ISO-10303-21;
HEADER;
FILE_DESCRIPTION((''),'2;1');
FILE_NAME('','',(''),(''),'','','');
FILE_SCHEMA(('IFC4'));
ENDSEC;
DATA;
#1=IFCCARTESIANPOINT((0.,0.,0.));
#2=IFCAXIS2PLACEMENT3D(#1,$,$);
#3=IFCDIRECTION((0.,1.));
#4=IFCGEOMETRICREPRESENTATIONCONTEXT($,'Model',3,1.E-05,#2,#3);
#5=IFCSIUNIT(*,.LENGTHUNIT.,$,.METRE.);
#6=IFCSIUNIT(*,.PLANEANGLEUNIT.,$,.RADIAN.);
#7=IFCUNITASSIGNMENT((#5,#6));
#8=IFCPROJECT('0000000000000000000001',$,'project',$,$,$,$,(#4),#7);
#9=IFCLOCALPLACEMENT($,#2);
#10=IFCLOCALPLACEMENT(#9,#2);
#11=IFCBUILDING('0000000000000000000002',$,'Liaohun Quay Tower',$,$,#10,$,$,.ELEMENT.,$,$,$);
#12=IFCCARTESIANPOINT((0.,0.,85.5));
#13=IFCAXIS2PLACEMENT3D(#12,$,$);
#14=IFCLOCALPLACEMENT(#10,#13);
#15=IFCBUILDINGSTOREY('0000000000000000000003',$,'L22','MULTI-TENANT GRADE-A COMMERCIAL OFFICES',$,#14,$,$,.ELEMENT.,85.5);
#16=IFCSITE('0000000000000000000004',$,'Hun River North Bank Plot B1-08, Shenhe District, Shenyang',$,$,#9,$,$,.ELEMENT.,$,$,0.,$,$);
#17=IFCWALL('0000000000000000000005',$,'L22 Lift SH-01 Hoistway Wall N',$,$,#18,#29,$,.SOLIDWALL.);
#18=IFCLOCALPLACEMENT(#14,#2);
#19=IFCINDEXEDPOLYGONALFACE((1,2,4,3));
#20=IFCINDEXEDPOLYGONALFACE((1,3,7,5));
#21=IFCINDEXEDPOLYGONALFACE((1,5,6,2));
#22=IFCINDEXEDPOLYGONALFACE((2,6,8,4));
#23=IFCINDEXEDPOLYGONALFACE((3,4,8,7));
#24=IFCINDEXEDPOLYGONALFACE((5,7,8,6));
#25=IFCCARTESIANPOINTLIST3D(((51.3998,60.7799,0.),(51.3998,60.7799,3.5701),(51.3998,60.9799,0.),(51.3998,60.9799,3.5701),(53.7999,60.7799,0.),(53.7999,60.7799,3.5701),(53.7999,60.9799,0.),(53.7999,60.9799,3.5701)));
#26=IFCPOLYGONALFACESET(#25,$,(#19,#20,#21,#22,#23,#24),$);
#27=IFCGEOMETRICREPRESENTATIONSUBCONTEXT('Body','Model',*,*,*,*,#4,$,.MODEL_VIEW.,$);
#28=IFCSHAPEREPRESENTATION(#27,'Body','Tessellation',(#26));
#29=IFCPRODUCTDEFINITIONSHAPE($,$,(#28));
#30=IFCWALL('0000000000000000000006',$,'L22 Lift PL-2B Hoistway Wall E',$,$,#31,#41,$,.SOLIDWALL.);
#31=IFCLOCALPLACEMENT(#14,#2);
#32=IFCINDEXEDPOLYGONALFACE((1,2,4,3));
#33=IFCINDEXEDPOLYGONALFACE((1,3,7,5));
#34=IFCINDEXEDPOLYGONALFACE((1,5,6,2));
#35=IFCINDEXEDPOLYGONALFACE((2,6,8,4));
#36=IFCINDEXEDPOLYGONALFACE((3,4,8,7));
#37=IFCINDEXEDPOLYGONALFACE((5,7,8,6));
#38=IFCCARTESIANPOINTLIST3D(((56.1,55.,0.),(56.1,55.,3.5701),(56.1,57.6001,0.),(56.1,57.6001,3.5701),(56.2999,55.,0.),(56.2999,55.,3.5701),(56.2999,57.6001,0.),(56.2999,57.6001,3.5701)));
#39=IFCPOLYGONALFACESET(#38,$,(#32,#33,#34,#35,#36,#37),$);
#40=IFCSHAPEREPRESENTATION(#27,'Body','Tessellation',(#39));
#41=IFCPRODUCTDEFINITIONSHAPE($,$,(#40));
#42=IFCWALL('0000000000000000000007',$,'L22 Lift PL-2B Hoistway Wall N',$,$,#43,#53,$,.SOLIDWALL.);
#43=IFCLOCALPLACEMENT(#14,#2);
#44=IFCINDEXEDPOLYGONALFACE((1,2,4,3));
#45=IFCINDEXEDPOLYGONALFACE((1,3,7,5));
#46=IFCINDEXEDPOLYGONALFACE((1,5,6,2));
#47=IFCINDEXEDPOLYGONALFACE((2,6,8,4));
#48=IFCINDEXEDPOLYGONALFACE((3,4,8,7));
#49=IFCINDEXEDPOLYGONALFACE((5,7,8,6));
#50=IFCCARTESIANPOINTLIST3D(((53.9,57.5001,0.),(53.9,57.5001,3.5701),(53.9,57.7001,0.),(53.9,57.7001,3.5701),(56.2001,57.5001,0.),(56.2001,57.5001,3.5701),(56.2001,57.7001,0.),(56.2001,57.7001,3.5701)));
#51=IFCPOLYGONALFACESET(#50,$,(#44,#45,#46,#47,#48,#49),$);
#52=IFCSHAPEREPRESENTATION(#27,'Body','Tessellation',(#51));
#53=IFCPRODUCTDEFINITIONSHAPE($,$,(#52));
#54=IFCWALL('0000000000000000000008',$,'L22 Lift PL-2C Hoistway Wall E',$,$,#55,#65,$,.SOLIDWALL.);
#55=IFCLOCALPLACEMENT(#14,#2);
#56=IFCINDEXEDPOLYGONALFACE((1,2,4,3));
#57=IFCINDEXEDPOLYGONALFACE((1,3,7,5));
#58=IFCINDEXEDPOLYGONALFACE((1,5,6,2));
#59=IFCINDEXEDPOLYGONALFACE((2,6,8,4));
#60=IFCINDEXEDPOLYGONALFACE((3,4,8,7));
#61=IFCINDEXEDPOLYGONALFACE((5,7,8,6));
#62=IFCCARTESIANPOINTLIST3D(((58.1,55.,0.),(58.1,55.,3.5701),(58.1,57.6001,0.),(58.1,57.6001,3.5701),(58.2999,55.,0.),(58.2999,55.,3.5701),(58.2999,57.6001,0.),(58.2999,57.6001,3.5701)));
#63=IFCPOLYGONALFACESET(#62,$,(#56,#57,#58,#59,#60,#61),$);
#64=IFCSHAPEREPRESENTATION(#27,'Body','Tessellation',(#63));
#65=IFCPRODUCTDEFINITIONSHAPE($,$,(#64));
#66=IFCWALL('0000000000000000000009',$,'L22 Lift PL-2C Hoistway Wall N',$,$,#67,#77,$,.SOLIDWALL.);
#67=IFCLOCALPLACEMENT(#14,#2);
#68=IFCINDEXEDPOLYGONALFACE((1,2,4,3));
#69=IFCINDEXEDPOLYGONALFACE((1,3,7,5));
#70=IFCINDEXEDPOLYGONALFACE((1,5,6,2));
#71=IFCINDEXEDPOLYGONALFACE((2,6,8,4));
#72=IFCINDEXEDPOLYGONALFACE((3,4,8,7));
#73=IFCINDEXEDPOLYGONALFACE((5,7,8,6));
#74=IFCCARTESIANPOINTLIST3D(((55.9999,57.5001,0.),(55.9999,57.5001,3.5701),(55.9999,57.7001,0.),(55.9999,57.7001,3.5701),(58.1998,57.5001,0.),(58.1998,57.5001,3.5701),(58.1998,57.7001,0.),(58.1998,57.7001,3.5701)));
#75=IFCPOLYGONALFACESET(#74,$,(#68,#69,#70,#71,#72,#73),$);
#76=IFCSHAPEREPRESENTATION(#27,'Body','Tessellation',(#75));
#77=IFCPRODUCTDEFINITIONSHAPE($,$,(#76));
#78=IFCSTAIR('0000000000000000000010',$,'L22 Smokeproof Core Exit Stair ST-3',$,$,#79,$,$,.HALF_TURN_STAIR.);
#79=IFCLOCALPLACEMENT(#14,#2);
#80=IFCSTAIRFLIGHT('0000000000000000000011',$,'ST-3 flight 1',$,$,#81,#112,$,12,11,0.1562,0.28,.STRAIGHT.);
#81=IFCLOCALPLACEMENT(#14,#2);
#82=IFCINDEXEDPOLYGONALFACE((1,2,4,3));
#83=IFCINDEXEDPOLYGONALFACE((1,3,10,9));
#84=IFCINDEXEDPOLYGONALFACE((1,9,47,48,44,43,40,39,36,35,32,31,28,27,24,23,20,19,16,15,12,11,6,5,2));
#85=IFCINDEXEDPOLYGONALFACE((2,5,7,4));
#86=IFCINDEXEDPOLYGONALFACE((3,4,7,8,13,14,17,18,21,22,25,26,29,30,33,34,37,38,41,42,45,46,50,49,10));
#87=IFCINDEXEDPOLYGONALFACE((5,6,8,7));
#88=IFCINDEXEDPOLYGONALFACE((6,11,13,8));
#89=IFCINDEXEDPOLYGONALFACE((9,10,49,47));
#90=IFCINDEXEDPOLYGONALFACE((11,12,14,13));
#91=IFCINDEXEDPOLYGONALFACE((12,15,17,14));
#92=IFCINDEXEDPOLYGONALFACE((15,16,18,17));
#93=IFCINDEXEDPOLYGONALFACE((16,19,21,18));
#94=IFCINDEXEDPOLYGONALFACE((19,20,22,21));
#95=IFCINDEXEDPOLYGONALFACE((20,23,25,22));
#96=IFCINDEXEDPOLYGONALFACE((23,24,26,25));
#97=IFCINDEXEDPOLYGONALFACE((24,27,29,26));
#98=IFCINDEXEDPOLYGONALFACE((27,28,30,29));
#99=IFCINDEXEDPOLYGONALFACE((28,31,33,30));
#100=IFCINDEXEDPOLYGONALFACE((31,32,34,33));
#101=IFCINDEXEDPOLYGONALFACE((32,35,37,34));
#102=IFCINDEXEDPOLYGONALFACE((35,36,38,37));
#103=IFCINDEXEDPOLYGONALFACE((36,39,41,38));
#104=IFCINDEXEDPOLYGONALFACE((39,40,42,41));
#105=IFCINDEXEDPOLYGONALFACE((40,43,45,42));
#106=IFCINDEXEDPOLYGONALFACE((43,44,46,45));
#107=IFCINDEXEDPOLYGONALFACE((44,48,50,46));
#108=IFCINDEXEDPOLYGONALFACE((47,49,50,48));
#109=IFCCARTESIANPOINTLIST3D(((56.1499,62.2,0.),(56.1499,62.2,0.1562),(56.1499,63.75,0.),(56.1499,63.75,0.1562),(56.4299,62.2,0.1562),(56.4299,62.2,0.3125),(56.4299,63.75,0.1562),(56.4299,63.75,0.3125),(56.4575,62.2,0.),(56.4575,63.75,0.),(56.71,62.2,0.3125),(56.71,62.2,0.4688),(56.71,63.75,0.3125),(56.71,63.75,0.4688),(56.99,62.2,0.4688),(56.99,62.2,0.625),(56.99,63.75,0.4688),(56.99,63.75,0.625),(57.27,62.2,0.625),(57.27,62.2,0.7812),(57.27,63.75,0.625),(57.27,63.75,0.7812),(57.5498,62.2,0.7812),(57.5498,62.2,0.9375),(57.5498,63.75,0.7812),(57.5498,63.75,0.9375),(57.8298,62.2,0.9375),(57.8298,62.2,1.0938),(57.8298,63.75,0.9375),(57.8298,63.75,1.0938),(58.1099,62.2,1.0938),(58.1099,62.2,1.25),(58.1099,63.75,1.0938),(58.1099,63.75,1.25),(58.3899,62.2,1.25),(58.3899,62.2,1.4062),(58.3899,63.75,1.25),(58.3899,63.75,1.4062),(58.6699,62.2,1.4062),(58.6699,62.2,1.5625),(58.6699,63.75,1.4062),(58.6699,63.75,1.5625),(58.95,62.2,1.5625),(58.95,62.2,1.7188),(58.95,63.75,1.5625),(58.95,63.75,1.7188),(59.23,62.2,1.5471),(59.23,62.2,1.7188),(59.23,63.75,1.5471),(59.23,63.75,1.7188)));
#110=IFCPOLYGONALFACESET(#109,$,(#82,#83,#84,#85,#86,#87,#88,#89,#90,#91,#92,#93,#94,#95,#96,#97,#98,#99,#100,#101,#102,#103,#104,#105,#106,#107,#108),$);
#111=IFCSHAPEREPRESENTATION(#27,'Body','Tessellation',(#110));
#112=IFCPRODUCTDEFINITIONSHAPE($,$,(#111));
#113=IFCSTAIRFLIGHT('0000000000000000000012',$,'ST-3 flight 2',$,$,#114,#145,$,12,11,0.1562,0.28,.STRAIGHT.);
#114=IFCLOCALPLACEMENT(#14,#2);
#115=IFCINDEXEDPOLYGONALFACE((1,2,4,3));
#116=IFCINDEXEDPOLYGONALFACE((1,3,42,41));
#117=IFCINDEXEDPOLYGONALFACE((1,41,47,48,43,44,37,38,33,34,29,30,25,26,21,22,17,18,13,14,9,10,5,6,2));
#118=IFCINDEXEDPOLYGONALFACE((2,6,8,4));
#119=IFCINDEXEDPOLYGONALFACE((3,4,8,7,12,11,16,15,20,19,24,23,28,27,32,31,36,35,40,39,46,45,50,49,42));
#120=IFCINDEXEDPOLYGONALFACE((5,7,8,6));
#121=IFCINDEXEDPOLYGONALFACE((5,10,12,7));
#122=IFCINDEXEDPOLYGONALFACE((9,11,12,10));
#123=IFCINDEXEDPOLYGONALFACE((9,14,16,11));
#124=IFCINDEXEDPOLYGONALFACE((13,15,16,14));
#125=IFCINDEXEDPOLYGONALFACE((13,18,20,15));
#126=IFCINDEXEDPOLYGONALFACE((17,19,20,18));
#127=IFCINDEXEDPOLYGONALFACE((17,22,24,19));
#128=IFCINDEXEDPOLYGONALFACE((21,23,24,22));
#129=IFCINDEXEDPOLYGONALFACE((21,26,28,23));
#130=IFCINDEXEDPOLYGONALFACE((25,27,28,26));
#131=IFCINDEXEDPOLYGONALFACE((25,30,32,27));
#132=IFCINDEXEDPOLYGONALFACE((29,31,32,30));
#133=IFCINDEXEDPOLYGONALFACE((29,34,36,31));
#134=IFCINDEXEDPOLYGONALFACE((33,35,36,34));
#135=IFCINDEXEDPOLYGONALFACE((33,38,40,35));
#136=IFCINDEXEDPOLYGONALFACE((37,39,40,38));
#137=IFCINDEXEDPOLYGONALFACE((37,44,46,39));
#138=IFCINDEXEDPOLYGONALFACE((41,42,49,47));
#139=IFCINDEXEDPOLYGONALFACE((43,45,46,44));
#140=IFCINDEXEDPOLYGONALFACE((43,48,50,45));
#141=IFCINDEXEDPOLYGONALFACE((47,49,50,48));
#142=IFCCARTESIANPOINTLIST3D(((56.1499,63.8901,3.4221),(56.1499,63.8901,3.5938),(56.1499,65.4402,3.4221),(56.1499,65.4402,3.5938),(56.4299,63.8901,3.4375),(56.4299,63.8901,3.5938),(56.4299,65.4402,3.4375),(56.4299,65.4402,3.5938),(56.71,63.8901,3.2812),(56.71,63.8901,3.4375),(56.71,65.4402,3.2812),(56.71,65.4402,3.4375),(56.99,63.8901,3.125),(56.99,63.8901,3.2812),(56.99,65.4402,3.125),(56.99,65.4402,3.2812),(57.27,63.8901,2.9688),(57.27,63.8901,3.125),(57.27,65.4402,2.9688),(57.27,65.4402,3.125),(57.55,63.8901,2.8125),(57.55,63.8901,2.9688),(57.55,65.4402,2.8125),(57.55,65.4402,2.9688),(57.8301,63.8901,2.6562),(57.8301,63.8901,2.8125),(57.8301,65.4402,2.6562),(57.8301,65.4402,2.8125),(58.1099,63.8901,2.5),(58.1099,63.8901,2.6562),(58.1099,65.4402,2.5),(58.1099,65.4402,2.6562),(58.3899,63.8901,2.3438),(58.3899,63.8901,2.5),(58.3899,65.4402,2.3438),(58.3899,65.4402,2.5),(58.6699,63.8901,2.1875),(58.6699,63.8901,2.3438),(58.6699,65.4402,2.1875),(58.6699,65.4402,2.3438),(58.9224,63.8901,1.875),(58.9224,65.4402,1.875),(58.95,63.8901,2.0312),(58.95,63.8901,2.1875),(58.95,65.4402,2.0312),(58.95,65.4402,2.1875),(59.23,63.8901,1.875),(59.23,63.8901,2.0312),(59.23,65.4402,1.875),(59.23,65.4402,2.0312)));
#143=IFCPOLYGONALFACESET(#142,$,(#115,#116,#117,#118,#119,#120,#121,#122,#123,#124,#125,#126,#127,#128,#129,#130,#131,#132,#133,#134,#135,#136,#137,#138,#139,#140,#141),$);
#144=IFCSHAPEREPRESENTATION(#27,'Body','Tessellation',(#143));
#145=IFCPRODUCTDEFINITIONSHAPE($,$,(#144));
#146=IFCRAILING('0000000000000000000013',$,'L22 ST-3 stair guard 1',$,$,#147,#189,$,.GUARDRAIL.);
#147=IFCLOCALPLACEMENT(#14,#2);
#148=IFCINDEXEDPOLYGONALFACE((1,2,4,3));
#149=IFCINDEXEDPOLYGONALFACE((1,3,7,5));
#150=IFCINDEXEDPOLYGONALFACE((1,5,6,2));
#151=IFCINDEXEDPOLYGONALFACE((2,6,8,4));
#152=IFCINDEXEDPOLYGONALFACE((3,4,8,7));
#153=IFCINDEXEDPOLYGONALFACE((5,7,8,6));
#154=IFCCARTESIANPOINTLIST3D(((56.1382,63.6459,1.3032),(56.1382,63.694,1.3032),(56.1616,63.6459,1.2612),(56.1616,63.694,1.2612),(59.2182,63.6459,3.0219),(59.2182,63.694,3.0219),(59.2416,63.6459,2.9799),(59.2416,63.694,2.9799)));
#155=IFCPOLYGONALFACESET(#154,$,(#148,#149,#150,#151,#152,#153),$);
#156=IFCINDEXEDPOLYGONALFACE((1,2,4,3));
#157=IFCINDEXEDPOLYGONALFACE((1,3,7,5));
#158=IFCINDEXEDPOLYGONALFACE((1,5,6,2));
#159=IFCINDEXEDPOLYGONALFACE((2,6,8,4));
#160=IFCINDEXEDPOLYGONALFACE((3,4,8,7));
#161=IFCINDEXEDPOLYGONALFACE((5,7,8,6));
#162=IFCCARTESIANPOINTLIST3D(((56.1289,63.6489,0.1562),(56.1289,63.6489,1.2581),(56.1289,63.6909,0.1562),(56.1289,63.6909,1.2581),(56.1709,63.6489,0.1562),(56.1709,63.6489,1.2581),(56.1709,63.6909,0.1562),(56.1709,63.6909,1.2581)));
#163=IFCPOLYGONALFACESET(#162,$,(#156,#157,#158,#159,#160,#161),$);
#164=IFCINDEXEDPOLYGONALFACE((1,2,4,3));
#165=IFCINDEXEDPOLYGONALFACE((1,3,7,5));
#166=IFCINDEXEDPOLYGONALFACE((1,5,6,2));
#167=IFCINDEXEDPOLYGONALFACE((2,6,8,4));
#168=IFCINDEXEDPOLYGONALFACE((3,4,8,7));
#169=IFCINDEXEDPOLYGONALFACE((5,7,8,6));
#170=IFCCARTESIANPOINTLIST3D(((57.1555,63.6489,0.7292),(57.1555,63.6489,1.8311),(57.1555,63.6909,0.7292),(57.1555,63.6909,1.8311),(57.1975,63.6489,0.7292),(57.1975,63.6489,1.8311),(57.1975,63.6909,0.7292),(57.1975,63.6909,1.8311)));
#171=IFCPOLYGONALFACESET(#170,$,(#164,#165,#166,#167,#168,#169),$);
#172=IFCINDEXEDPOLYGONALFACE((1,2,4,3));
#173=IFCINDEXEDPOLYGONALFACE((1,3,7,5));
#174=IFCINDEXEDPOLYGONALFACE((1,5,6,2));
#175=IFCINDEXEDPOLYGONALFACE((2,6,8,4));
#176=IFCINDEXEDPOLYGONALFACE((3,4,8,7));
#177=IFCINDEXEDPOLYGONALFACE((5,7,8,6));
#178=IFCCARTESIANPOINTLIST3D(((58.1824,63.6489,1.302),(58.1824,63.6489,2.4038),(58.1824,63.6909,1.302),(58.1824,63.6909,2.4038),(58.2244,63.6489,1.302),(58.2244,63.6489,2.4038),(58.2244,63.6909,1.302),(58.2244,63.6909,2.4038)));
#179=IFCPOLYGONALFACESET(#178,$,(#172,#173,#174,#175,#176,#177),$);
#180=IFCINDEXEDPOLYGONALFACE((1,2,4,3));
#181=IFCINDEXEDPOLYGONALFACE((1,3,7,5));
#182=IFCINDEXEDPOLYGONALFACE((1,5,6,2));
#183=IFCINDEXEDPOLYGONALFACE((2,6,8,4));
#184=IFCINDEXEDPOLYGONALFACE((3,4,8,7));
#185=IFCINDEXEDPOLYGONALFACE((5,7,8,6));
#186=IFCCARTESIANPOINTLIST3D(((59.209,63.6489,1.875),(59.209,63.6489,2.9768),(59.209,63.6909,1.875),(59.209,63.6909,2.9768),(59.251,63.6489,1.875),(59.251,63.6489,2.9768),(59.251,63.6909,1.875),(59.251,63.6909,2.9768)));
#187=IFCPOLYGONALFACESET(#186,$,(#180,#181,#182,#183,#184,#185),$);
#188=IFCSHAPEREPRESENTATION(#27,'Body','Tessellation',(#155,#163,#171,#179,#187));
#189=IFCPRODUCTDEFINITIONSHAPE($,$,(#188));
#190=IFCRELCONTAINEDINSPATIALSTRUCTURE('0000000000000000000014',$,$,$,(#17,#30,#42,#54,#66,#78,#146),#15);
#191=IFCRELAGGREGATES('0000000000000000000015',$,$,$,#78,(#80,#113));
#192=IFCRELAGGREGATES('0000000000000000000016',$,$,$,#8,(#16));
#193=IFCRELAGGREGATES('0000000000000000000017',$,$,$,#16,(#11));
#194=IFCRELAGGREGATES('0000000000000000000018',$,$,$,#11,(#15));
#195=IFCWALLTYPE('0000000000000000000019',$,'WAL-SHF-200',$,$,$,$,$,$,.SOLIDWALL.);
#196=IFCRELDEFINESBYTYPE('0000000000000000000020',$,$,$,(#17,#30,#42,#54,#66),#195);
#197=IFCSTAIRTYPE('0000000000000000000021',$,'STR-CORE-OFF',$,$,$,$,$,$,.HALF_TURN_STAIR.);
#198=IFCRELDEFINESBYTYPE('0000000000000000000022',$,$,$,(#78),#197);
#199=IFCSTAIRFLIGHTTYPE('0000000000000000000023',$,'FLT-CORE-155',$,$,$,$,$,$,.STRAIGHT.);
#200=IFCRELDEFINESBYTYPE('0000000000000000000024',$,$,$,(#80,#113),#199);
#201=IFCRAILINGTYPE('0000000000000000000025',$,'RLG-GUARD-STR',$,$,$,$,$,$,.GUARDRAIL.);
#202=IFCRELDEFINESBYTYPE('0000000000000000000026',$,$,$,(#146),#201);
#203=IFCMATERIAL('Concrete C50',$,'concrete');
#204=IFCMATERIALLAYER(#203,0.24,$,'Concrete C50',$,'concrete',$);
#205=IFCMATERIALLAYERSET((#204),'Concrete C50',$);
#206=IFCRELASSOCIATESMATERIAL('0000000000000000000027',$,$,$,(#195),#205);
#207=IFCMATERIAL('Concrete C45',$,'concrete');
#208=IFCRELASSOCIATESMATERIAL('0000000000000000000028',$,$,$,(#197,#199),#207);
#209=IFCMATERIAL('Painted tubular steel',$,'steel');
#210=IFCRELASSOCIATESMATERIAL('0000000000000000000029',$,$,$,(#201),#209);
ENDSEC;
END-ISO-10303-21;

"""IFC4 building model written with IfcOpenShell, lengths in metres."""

from ifc_helpers import new_model, si_unit, direction, frame, frame_2d, origin, origin_2d, place, context, subcontext, project, spatial, polyline, rectangle, outline, extrude, material, layer, layer_set, type_object, element, aggregate, save


model = new_model("IFC4")

# Units and contexts
model_context = context("Model", 3, precision=1e-05, world=origin(), true_north=direction((0.0, 1.0)))
body_context = subcontext(model_context, "Body", "Model", "MODEL_VIEW")
ifc_project = project(units=[si_unit("LENGTHUNIT", "METRE"), si_unit("PLANEANGLEUNIT", "RADIAN")], contexts=[model_context])

# Site, building, storey
site_placement = place(None, origin())
site = spatial("IfcSite", under=ifc_project, at=site_placement, Name="Hun River North Bank Plot B1-08, Shenhe District, Shenyang", CompositionType="ELEMENT", RefElevation=0.0)
building_placement = place(site_placement, origin())
building = spatial("IfcBuilding", under=site, at=building_placement, Name="Liaohun Quay Tower", CompositionType="ELEMENT")
storey_placement = place(building_placement, frame((0.0, 0.0, 85.5)))
storey = spatial("IfcBuildingStorey", under=building, at=storey_placement, Name="L22", Description="MULTI-TENANT GRADE-A COMMERCIAL OFFICES", CompositionType="ELEMENT", Elevation=85.5)

# Shared definitions
ifc_material_1 = material(Name="Concrete C50", Category="concrete")
ifc_layer_1 = layer(ifc_material_1, 0.24, Name="Concrete C50", Category="concrete")
ifc_layer_set_1 = layer_set([ifc_layer_1], Name="Concrete C50")
wall_type_1 = type_object("IfcWallType", Name="WAL-SHF-200", PredefinedType="SOLIDWALL", material=ifc_layer_set_1)

# Walls
wall_1_placement = place(storey_placement, frame((53.8, 60.8799, 0.0), z_axis=(0.0, 0.0, 1.0), x_axis=(-1.0, 0.0, 0.0)))
element("IfcWall", 1, at=wall_1_placement, inside=storey, type_object=wall_type_1, Name="L22 Lift SH-01 Hoistway Wall N", PredefinedType="SOLIDWALL", context=body_context, shape_type="SweptSolid", body=[
    extrude(rectangle(XDim=2.4001, YDim=0.2, at=frame_2d((1.2002, 0.0))), origin(), (0.0, 0.0, 1.0), 3.5701),
])
wall_2_placement = place(storey_placement, frame((56.2, 55.0, 0.0), z_axis=(0.0, 0.0, 1.0), x_axis=(0.0, 1.0, 0.0)))
element("IfcWall", 2, at=wall_2_placement, inside=storey, type_object=wall_type_1, Name="L22 Lift PL-2B Hoistway Wall E", PredefinedType="SOLIDWALL", context=body_context, shape_type="SweptSolid", body=[
    extrude(rectangle(XDim=2.6001, YDim=0.2, at=frame_2d((1.3, 0.0))), origin(), (0.0, 0.0, 1.0), 3.5701),
])
wall_3_placement = place(storey_placement, frame((56.2, 57.6001, 0.0), z_axis=(0.0, 0.0, 1.0), x_axis=(-1.0, 0.0, 0.0)))
element("IfcWall", 3, at=wall_3_placement, inside=storey, type_object=wall_type_1, Name="L22 Lift PL-2B Hoistway Wall N", PredefinedType="SOLIDWALL", context=body_context, shape_type="SweptSolid", body=[
    extrude(rectangle(XDim=2.3, YDim=0.2, at=frame_2d((1.1499, 0.0))), origin(), (0.0, 0.0, 1.0), 3.5701),
])
wall_4_placement = place(storey_placement, frame((58.2, 55.0, 0.0), z_axis=(0.0, 0.0, 1.0), x_axis=(0.0, 1.0, 0.0)))
element("IfcWall", 4, at=wall_4_placement, inside=storey, type_object=wall_type_1, Name="L22 Lift PL-2C Hoistway Wall E", PredefinedType="SOLIDWALL", context=body_context, shape_type="SweptSolid", body=[
    extrude(rectangle(XDim=2.6001, YDim=0.2, at=frame_2d((1.3, 0.0))), origin(), (0.0, 0.0, 1.0), 3.5701),
])
wall_5_placement = place(storey_placement, frame((58.2, 57.6001, 0.0), z_axis=(0.0, 0.0, 1.0), x_axis=(-1.0, 0.0, 0.0)))
element("IfcWall", 5, at=wall_5_placement, inside=storey, type_object=wall_type_1, Name="L22 Lift PL-2C Hoistway Wall N", PredefinedType="SOLIDWALL", context=body_context, shape_type="SweptSolid", body=[
    extrude(rectangle(XDim=2.2, YDim=0.2, at=frame_2d((1.1001, 0.0))), origin(), (0.0, 0.0, 1.0), 3.5701),
])

# Stair, stair flights
ifc_material_2 = material(Name="Concrete C45", Category="concrete")
stair_type = type_object("IfcStairType", Name="STR-CORE-OFF", PredefinedType="HALF_TURN_STAIR", material=ifc_material_2)
stair_placement = place(storey_placement, origin())
stair = element("IfcStair", 6, at=stair_placement, inside=storey, type_object=stair_type, Name="L22 Smokeproof Core Exit Stair ST-3", PredefinedType="HALF_TURN_STAIR")
stair_flight_type = type_object("IfcStairFlightType", Name="FLT-CORE-155", PredefinedType="STRAIGHT", material=ifc_material_2)
stair_flight_1_placement = place(storey_placement, frame((56.1499, 62.9751, 0.0), z_axis=(0.0, 0.0, 1.0), x_axis=(1.0, 0.0, 0.0)))
stair_flight_1 = element("IfcStairFlight", 7, at=stair_flight_1_placement, type_object=stair_flight_type, Name="ST-3 flight 1", NumberOfRisers=12, NumberOfTreads=11, PredefinedType="STRAIGHT", RiserHeight=0.1562, TreadLength=0.28, context=body_context, shape_type="SweptSolid", body=[
    extrude(outline(polyline([(0.0, 0.0), (0.0, 0.1562), (0.28, 0.1562), (0.28, 0.3125), (0.5601, 0.3125), (0.5601, 0.4688), (0.8401, 0.4688), (0.8401, 0.625), (1.1201, 0.625), (1.1201, 0.7812), (1.3999, 0.7812), (1.3999, 0.9375), (1.6799, 0.9375), (1.6799, 1.0938), (1.96, 1.0938), (1.96, 1.25), (2.24, 1.25), (2.24, 1.4062), (2.52, 1.4062), (2.52, 1.5625), (2.8, 1.5625), (2.8, 1.7188), (3.0801, 1.7188), (3.0801, 1.875), (3.0801, 1.5471), (0.3076, 0.0), (0.0, 0.0)])), frame((0.0, 0.7749, 0.0), z_axis=(0.0, -1.0, 0.0), x_axis=(1.0, 0.0, 0.0)), (0.0, 0.0, 1.0), 1.55),
])
stair_flight_2_placement = place(storey_placement, frame((59.23, 64.665, 1.875), z_axis=(0.0, 0.0, 1.0), x_axis=(-1.0, 0.0, 0.0)))
stair_flight_2 = element("IfcStairFlight", 8, at=stair_flight_2_placement, type_object=stair_flight_type, Name="ST-3 flight 2", NumberOfRisers=12, NumberOfTreads=11, PredefinedType="STRAIGHT", RiserHeight=0.1562, TreadLength=0.28, context=body_context, shape_type="SweptSolid", body=[
    extrude(outline(polyline([(0.0, 0.0), (0.0, 0.1562), (0.28, 0.1562), (0.28, 0.3125), (0.5601, 0.3125), (0.5601, 0.4688), (0.8401, 0.4688), (0.8401, 0.625), (1.1201, 0.625), (1.1201, 0.7812), (1.3999, 0.7812), (1.3999, 0.9375), (1.6799, 0.9375), (1.6799, 1.0938), (1.96, 1.0938), (1.96, 1.25), (2.24, 1.25), (2.24, 1.4062), (2.52, 1.4062), (2.52, 1.5625), (2.8, 1.5625), (2.8, 1.7188), (3.0801, 1.7188), (3.0801, 1.875), (3.0801, 1.5471), (0.3076, 0.0), (0.0, 0.0)])), frame((0.0, 0.7749, 0.0), z_axis=(0.0, -1.0, 0.0), x_axis=(1.0, 0.0, 0.0)), (0.0, 0.0, 1.0), 1.55),
])
aggregate(stair, [stair_flight_1, stair_flight_2])

# Railing
ifc_material_3 = material(Name="Painted tubular steel", Category="steel")
railing_type_1 = type_object("IfcRailingType", Name="RLG-GUARD-STR", PredefinedType="GUARDRAIL", material=ifc_material_3)
railing_1_placement = place(storey_placement, frame((56.1499, 63.6699, 0.1562)))
element("IfcRailing", 9, at=railing_1_placement, inside=storey, type_object=railing_type_1, Name="L22 ST-3 stair guard 1", PredefinedType="GUARDRAIL", context=body_context, shape_type="SweptSolid", body=[
    extrude(rectangle(XDim=0.0481, YDim=0.0481, at=origin_2d()), frame((0.0, 0.0, 1.126), z_axis=(0.873242, 0.0, 0.487288), x_axis=(0.0, 1.0, 0.0)), (0.0, 0.0, 1.0), 3.5271),
    extrude(rectangle(XDim=0.042, YDim=0.042, at=origin_2d()), origin(), (0.0, 0.0, 1.0), 1.1018),
    extrude(rectangle(XDim=0.042, YDim=0.042, at=origin_2d()), frame((1.0266, 0.0, 0.573)), (0.0, 0.0, 1.0), 1.1018),
    extrude(rectangle(XDim=0.042, YDim=0.042, at=origin_2d()), frame((2.0535, 0.0, 1.1458)), (0.0, 0.0, 1.0), 1.1018),
    extrude(rectangle(XDim=0.042, YDim=0.042, at=origin_2d()), frame((3.0801, 0.0, 1.7188)), (0.0, 0.0, 1.0), 1.1018),
])

save(model, "model.ifc")
